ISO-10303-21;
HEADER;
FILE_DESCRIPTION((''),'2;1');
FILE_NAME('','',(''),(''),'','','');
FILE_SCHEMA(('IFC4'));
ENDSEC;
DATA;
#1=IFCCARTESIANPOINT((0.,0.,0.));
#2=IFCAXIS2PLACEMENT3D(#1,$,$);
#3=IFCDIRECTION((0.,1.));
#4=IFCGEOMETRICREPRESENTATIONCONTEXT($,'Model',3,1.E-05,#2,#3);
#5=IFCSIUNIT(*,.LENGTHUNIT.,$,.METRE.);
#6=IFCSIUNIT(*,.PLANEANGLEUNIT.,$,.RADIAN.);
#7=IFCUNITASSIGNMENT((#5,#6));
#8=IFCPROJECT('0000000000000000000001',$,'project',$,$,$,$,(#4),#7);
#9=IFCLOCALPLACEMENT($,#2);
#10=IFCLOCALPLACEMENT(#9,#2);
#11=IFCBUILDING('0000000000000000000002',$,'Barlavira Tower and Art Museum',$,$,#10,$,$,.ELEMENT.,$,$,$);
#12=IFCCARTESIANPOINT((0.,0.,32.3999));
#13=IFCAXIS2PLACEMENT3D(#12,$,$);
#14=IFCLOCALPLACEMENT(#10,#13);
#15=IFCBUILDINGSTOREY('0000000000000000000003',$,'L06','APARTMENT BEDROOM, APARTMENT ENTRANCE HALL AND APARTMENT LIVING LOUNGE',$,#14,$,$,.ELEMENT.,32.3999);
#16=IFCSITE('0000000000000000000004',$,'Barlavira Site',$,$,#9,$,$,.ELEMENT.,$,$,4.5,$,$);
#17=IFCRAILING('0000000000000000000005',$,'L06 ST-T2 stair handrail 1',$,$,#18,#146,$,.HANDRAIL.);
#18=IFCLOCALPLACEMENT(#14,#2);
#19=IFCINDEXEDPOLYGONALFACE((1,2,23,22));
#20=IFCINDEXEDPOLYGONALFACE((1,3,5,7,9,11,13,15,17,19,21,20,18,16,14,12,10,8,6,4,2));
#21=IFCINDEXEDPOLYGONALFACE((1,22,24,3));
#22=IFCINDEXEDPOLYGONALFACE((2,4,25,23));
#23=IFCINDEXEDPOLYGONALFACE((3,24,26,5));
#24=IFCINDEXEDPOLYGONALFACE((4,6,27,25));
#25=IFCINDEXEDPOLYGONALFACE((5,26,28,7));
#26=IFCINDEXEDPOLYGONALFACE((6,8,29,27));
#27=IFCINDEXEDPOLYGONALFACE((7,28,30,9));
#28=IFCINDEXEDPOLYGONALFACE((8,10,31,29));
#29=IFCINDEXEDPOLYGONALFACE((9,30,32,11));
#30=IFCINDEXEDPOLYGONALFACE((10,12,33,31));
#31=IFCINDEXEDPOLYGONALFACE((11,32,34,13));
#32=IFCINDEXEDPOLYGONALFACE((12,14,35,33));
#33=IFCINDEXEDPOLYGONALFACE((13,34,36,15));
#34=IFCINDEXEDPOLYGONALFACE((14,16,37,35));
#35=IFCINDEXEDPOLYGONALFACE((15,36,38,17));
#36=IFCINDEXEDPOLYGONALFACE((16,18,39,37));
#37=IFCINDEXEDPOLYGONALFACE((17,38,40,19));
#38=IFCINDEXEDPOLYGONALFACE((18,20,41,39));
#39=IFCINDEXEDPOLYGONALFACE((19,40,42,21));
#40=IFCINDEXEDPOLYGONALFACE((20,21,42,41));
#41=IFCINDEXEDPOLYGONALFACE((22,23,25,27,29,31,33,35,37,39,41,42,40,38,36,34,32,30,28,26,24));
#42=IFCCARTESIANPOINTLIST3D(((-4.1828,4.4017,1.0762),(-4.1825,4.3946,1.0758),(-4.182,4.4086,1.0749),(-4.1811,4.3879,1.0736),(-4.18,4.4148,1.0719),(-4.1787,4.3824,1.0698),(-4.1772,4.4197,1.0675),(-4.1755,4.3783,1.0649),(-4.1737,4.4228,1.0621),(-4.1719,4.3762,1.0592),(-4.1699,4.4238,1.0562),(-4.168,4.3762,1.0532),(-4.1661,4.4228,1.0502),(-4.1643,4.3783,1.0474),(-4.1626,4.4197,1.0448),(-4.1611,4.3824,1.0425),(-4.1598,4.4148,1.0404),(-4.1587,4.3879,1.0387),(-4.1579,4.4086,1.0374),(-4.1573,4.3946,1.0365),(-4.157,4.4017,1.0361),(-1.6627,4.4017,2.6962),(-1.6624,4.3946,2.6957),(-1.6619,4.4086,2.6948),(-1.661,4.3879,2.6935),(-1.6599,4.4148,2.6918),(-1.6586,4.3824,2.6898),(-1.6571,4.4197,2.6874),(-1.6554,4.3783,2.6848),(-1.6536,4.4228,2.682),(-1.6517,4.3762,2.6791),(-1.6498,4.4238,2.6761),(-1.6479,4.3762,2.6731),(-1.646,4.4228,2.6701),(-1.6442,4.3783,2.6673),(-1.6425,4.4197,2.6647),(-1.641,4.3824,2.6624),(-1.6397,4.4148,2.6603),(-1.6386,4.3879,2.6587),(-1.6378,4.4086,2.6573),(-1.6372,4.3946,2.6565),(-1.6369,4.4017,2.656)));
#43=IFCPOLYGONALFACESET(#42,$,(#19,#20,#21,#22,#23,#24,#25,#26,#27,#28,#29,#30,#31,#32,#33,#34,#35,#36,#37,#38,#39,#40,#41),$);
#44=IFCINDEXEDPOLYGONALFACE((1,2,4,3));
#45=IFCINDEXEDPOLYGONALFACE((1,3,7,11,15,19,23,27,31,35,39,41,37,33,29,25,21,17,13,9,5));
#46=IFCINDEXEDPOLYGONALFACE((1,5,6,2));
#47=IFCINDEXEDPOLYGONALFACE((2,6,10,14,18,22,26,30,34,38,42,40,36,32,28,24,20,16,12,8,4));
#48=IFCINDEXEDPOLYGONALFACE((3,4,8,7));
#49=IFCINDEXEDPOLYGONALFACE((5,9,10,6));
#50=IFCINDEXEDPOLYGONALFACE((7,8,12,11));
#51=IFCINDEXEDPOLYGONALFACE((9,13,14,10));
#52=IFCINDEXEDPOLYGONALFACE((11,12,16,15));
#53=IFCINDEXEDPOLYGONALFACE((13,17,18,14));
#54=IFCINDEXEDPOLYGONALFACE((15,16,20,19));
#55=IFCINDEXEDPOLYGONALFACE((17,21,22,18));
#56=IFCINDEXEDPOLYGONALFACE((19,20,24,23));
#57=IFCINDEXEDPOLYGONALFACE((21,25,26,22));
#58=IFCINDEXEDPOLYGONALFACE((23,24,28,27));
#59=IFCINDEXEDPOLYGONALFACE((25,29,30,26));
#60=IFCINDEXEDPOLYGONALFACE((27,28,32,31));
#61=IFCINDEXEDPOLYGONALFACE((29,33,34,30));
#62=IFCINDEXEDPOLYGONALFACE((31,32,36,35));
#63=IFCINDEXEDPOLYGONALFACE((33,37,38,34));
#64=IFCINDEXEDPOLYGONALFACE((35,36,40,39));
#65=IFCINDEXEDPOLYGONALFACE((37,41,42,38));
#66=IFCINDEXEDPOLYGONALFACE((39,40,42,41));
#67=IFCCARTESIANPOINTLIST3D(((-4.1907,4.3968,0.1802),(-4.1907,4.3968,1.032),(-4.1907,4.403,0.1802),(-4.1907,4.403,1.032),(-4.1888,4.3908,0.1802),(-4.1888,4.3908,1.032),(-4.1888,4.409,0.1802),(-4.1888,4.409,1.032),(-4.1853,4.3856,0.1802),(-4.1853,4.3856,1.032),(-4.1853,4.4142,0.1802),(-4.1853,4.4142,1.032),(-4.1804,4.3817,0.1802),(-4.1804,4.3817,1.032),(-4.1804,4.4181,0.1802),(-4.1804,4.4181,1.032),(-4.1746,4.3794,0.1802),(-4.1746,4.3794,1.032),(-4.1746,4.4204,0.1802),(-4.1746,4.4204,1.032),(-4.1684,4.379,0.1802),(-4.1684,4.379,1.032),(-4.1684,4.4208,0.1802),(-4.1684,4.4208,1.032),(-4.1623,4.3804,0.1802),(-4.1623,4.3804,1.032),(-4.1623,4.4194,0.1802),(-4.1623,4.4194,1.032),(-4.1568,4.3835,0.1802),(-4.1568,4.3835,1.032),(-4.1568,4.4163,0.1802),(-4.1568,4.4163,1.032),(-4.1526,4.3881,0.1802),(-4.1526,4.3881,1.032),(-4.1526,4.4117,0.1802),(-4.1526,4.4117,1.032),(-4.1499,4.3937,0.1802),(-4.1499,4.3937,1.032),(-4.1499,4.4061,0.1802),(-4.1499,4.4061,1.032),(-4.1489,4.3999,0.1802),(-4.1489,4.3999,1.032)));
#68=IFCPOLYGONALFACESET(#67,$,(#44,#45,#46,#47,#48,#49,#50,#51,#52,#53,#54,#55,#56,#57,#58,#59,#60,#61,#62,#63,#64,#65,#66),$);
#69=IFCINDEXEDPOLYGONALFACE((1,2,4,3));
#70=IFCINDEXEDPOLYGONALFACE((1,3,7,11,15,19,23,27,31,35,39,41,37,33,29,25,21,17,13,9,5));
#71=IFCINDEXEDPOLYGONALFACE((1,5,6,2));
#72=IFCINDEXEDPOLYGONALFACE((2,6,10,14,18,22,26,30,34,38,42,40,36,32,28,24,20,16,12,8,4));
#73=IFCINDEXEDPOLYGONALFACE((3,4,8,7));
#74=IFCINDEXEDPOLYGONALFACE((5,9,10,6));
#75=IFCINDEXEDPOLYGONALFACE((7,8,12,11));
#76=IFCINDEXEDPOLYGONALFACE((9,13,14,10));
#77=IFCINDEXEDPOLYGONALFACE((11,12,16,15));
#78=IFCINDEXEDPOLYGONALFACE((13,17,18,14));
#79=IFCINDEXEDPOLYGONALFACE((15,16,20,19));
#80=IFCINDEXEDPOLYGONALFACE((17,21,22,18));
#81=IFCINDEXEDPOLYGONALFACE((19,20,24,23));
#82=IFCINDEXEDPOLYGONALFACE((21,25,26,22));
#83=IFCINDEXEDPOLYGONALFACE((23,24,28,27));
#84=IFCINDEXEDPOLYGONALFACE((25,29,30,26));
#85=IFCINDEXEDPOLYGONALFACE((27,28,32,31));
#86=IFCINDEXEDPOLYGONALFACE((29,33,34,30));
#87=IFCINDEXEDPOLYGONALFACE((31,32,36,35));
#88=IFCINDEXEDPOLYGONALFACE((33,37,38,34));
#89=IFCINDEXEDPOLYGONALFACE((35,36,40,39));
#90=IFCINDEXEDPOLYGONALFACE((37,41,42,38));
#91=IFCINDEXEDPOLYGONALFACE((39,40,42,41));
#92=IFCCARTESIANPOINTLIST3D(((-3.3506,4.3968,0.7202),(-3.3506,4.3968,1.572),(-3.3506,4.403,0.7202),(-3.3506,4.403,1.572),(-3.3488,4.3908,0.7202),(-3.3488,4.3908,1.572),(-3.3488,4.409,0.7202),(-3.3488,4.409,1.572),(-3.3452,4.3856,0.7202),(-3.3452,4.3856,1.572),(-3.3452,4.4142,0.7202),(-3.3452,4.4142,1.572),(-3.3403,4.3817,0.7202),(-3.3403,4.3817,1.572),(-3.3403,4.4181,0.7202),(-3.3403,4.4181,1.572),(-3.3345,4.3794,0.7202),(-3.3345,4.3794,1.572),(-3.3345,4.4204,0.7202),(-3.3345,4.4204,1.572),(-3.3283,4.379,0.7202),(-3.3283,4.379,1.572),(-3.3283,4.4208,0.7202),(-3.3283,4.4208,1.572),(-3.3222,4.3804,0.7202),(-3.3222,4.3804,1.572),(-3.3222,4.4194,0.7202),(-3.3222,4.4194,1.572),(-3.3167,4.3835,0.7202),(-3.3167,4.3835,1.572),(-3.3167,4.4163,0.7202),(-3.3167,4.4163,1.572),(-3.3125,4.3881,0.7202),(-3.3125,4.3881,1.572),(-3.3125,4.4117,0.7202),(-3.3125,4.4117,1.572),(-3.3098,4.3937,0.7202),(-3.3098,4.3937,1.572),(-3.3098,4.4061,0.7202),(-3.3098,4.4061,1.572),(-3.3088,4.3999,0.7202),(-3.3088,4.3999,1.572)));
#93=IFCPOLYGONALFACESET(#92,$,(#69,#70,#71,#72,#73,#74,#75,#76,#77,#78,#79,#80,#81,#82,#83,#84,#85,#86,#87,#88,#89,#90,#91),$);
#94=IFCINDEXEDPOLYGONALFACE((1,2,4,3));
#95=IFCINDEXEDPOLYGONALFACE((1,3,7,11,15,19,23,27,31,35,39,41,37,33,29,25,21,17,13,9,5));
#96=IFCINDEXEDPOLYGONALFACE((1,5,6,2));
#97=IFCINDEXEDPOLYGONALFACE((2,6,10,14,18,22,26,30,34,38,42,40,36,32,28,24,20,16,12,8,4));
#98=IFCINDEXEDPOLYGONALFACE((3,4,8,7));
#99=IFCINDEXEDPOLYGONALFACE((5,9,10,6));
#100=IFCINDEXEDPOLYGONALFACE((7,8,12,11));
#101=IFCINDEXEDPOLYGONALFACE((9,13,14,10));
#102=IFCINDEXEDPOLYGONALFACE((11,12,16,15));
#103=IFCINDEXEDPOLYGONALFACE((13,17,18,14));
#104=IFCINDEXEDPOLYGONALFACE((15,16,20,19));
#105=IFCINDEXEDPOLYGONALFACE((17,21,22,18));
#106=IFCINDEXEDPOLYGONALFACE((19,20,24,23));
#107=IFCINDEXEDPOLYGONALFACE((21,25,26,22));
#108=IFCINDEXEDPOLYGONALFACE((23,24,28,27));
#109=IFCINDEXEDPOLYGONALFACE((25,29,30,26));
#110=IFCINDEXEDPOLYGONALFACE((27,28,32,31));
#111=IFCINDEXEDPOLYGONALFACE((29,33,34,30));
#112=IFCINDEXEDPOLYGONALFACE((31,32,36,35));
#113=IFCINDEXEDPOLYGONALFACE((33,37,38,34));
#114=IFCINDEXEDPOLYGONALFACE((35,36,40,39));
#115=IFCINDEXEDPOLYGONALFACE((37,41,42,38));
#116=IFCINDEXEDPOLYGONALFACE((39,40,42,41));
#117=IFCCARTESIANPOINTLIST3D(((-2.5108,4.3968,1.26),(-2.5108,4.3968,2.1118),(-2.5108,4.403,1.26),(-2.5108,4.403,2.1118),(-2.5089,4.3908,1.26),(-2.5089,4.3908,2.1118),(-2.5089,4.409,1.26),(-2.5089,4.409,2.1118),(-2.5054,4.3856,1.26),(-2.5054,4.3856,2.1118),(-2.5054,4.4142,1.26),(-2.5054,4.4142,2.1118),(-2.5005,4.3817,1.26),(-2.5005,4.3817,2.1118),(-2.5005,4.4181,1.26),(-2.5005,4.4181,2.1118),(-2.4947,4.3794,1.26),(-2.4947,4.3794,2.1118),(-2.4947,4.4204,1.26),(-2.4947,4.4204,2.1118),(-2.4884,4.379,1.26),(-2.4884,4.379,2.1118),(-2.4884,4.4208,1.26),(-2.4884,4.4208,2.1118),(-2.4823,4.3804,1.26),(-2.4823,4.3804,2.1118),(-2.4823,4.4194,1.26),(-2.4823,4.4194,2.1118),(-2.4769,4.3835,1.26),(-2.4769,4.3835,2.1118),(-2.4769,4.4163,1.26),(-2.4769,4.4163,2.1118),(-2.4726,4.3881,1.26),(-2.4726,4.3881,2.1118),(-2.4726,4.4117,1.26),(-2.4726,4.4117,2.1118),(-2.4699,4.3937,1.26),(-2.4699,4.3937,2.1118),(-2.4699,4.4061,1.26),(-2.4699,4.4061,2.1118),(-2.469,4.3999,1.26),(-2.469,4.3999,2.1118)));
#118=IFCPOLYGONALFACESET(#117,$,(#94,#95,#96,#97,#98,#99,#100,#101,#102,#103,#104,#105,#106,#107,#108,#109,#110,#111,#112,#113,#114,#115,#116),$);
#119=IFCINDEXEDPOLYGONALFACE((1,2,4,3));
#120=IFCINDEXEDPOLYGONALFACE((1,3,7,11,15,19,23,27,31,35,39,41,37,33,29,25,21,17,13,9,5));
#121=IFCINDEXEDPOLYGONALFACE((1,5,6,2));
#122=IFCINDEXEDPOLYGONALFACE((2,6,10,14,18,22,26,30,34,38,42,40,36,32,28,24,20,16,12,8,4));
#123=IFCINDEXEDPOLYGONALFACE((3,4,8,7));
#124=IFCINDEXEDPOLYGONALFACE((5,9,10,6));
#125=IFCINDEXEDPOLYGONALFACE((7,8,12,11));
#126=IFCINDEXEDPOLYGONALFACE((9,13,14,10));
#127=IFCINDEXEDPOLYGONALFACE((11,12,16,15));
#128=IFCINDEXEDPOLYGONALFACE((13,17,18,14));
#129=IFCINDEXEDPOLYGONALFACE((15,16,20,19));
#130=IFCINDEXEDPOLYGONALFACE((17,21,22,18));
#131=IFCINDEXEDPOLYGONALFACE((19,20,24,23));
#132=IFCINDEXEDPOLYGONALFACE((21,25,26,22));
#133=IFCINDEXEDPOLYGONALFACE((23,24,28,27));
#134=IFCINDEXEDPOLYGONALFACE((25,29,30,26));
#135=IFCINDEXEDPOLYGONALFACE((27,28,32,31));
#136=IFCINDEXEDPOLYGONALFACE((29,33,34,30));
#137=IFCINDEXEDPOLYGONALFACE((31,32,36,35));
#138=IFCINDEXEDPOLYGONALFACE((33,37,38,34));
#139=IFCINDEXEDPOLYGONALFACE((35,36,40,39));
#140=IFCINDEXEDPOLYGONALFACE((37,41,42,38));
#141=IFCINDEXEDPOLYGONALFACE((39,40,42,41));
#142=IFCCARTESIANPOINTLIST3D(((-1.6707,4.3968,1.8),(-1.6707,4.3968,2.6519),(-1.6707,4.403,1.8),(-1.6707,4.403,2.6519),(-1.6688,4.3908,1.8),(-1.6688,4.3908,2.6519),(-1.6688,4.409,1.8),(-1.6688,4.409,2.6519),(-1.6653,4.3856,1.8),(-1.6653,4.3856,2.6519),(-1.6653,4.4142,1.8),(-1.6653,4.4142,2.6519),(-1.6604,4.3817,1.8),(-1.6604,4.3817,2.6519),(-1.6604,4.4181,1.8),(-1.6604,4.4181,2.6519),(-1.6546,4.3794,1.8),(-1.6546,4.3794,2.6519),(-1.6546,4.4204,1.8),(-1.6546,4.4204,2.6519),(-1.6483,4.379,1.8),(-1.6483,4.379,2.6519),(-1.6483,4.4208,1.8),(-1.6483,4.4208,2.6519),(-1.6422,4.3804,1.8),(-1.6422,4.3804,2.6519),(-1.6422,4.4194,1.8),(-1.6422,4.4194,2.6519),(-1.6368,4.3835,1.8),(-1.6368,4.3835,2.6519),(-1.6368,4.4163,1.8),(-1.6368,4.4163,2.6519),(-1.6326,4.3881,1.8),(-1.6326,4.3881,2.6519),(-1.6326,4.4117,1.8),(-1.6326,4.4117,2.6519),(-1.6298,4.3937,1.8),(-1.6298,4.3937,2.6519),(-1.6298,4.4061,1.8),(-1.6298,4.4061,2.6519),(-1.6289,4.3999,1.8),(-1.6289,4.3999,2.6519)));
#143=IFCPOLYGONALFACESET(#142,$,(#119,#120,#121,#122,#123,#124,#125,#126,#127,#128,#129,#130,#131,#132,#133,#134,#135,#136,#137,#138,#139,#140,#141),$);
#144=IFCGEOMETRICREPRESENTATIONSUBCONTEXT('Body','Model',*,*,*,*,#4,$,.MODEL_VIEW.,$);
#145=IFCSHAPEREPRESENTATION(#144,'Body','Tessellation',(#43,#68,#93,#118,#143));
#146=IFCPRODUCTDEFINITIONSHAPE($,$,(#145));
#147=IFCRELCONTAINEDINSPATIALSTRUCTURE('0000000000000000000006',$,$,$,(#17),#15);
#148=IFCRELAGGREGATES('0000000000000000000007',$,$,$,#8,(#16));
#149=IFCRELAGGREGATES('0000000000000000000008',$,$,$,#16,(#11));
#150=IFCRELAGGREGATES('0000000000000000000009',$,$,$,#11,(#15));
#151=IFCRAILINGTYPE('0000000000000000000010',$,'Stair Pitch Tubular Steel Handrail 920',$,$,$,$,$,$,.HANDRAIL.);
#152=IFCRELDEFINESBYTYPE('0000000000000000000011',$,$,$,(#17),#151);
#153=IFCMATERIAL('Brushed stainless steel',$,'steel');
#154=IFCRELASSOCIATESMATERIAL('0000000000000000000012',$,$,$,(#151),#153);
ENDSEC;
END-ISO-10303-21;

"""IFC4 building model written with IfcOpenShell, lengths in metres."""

from ifc_helpers import new_model, si_unit, direction, frame, origin, origin_2d, place, context, subcontext, project, spatial, circle, extrude, material, type_object, element, save


model = new_model("IFC4")

# Units and contexts
model_context = context("Model", 3, precision=1e-05, world=origin(), true_north=direction((0.0, 1.0)))
body_context = subcontext(model_context, "Body", "Model", "MODEL_VIEW")
ifc_project = project(units=[si_unit("LENGTHUNIT", "METRE"), si_unit("PLANEANGLEUNIT", "RADIAN")], contexts=[model_context])

# Site, building, storey
site_placement = place(None, origin())
site = spatial("IfcSite", under=ifc_project, at=site_placement, Name="Barlavira Site", CompositionType="ELEMENT", RefElevation=4.5)
building_placement = place(site_placement, origin())
building = spatial("IfcBuilding", under=site, at=building_placement, Name="Barlavira Tower and Art Museum", CompositionType="ELEMENT")
storey_placement = place(building_placement, frame((0.0, 0.0, 32.3999)))
storey = spatial("IfcBuildingStorey", under=building, at=storey_placement, Name="L06", Description="APARTMENT BEDROOM, APARTMENT ENTRANCE HALL AND APARTMENT LIVING LOUNGE", CompositionType="ELEMENT", Elevation=32.3999)

# Shared definitions
ifc_material_1 = material(Name="Brushed stainless steel", Category="steel")

# Railing
railing_type_1 = type_object("IfcRailingType", Name="Stair Pitch Tubular Steel Handrail 920", PredefinedType="HANDRAIL", material=ifc_material_1)
railing_1_placement = place(storey_placement, frame((-4.1699, 4.3999, 0.1802)))
element("IfcRailing", 1, at=railing_1_placement, inside=storey, type_object=railing_type_1, Name="L06 ST-T2 stair handrail 1", PredefinedType="HANDRAIL", context=body_context, shape_type="SweptSolid", body=[
    extrude(circle(Radius=0.0239, at=origin_2d()), frame((0.0, 0.0, 0.876), z_axis=(0.8412, 0.0, 0.540725), x_axis=(0.0, 1.0, 0.0)), (0.0, 0.0, 1.0), 2.9958),
    extrude(circle(Radius=0.021, at=origin_2d()), origin(), (0.0, 0.0, 1.0), 0.8518),
    extrude(circle(Radius=0.021, at=origin_2d()), frame((0.8401, 0.0, 0.54)), (0.0, 0.0, 1.0), 0.8518),
    extrude(circle(Radius=0.021, at=origin_2d()), frame((1.6799, 0.0, 1.0798)), (0.0, 0.0, 1.0), 0.8518),
    extrude(circle(Radius=0.021, at=origin_2d()), frame((2.52, 0.0, 1.6199)), (0.0, 0.0, 1.0), 0.8518),
])

save(model, "model.ifc")
